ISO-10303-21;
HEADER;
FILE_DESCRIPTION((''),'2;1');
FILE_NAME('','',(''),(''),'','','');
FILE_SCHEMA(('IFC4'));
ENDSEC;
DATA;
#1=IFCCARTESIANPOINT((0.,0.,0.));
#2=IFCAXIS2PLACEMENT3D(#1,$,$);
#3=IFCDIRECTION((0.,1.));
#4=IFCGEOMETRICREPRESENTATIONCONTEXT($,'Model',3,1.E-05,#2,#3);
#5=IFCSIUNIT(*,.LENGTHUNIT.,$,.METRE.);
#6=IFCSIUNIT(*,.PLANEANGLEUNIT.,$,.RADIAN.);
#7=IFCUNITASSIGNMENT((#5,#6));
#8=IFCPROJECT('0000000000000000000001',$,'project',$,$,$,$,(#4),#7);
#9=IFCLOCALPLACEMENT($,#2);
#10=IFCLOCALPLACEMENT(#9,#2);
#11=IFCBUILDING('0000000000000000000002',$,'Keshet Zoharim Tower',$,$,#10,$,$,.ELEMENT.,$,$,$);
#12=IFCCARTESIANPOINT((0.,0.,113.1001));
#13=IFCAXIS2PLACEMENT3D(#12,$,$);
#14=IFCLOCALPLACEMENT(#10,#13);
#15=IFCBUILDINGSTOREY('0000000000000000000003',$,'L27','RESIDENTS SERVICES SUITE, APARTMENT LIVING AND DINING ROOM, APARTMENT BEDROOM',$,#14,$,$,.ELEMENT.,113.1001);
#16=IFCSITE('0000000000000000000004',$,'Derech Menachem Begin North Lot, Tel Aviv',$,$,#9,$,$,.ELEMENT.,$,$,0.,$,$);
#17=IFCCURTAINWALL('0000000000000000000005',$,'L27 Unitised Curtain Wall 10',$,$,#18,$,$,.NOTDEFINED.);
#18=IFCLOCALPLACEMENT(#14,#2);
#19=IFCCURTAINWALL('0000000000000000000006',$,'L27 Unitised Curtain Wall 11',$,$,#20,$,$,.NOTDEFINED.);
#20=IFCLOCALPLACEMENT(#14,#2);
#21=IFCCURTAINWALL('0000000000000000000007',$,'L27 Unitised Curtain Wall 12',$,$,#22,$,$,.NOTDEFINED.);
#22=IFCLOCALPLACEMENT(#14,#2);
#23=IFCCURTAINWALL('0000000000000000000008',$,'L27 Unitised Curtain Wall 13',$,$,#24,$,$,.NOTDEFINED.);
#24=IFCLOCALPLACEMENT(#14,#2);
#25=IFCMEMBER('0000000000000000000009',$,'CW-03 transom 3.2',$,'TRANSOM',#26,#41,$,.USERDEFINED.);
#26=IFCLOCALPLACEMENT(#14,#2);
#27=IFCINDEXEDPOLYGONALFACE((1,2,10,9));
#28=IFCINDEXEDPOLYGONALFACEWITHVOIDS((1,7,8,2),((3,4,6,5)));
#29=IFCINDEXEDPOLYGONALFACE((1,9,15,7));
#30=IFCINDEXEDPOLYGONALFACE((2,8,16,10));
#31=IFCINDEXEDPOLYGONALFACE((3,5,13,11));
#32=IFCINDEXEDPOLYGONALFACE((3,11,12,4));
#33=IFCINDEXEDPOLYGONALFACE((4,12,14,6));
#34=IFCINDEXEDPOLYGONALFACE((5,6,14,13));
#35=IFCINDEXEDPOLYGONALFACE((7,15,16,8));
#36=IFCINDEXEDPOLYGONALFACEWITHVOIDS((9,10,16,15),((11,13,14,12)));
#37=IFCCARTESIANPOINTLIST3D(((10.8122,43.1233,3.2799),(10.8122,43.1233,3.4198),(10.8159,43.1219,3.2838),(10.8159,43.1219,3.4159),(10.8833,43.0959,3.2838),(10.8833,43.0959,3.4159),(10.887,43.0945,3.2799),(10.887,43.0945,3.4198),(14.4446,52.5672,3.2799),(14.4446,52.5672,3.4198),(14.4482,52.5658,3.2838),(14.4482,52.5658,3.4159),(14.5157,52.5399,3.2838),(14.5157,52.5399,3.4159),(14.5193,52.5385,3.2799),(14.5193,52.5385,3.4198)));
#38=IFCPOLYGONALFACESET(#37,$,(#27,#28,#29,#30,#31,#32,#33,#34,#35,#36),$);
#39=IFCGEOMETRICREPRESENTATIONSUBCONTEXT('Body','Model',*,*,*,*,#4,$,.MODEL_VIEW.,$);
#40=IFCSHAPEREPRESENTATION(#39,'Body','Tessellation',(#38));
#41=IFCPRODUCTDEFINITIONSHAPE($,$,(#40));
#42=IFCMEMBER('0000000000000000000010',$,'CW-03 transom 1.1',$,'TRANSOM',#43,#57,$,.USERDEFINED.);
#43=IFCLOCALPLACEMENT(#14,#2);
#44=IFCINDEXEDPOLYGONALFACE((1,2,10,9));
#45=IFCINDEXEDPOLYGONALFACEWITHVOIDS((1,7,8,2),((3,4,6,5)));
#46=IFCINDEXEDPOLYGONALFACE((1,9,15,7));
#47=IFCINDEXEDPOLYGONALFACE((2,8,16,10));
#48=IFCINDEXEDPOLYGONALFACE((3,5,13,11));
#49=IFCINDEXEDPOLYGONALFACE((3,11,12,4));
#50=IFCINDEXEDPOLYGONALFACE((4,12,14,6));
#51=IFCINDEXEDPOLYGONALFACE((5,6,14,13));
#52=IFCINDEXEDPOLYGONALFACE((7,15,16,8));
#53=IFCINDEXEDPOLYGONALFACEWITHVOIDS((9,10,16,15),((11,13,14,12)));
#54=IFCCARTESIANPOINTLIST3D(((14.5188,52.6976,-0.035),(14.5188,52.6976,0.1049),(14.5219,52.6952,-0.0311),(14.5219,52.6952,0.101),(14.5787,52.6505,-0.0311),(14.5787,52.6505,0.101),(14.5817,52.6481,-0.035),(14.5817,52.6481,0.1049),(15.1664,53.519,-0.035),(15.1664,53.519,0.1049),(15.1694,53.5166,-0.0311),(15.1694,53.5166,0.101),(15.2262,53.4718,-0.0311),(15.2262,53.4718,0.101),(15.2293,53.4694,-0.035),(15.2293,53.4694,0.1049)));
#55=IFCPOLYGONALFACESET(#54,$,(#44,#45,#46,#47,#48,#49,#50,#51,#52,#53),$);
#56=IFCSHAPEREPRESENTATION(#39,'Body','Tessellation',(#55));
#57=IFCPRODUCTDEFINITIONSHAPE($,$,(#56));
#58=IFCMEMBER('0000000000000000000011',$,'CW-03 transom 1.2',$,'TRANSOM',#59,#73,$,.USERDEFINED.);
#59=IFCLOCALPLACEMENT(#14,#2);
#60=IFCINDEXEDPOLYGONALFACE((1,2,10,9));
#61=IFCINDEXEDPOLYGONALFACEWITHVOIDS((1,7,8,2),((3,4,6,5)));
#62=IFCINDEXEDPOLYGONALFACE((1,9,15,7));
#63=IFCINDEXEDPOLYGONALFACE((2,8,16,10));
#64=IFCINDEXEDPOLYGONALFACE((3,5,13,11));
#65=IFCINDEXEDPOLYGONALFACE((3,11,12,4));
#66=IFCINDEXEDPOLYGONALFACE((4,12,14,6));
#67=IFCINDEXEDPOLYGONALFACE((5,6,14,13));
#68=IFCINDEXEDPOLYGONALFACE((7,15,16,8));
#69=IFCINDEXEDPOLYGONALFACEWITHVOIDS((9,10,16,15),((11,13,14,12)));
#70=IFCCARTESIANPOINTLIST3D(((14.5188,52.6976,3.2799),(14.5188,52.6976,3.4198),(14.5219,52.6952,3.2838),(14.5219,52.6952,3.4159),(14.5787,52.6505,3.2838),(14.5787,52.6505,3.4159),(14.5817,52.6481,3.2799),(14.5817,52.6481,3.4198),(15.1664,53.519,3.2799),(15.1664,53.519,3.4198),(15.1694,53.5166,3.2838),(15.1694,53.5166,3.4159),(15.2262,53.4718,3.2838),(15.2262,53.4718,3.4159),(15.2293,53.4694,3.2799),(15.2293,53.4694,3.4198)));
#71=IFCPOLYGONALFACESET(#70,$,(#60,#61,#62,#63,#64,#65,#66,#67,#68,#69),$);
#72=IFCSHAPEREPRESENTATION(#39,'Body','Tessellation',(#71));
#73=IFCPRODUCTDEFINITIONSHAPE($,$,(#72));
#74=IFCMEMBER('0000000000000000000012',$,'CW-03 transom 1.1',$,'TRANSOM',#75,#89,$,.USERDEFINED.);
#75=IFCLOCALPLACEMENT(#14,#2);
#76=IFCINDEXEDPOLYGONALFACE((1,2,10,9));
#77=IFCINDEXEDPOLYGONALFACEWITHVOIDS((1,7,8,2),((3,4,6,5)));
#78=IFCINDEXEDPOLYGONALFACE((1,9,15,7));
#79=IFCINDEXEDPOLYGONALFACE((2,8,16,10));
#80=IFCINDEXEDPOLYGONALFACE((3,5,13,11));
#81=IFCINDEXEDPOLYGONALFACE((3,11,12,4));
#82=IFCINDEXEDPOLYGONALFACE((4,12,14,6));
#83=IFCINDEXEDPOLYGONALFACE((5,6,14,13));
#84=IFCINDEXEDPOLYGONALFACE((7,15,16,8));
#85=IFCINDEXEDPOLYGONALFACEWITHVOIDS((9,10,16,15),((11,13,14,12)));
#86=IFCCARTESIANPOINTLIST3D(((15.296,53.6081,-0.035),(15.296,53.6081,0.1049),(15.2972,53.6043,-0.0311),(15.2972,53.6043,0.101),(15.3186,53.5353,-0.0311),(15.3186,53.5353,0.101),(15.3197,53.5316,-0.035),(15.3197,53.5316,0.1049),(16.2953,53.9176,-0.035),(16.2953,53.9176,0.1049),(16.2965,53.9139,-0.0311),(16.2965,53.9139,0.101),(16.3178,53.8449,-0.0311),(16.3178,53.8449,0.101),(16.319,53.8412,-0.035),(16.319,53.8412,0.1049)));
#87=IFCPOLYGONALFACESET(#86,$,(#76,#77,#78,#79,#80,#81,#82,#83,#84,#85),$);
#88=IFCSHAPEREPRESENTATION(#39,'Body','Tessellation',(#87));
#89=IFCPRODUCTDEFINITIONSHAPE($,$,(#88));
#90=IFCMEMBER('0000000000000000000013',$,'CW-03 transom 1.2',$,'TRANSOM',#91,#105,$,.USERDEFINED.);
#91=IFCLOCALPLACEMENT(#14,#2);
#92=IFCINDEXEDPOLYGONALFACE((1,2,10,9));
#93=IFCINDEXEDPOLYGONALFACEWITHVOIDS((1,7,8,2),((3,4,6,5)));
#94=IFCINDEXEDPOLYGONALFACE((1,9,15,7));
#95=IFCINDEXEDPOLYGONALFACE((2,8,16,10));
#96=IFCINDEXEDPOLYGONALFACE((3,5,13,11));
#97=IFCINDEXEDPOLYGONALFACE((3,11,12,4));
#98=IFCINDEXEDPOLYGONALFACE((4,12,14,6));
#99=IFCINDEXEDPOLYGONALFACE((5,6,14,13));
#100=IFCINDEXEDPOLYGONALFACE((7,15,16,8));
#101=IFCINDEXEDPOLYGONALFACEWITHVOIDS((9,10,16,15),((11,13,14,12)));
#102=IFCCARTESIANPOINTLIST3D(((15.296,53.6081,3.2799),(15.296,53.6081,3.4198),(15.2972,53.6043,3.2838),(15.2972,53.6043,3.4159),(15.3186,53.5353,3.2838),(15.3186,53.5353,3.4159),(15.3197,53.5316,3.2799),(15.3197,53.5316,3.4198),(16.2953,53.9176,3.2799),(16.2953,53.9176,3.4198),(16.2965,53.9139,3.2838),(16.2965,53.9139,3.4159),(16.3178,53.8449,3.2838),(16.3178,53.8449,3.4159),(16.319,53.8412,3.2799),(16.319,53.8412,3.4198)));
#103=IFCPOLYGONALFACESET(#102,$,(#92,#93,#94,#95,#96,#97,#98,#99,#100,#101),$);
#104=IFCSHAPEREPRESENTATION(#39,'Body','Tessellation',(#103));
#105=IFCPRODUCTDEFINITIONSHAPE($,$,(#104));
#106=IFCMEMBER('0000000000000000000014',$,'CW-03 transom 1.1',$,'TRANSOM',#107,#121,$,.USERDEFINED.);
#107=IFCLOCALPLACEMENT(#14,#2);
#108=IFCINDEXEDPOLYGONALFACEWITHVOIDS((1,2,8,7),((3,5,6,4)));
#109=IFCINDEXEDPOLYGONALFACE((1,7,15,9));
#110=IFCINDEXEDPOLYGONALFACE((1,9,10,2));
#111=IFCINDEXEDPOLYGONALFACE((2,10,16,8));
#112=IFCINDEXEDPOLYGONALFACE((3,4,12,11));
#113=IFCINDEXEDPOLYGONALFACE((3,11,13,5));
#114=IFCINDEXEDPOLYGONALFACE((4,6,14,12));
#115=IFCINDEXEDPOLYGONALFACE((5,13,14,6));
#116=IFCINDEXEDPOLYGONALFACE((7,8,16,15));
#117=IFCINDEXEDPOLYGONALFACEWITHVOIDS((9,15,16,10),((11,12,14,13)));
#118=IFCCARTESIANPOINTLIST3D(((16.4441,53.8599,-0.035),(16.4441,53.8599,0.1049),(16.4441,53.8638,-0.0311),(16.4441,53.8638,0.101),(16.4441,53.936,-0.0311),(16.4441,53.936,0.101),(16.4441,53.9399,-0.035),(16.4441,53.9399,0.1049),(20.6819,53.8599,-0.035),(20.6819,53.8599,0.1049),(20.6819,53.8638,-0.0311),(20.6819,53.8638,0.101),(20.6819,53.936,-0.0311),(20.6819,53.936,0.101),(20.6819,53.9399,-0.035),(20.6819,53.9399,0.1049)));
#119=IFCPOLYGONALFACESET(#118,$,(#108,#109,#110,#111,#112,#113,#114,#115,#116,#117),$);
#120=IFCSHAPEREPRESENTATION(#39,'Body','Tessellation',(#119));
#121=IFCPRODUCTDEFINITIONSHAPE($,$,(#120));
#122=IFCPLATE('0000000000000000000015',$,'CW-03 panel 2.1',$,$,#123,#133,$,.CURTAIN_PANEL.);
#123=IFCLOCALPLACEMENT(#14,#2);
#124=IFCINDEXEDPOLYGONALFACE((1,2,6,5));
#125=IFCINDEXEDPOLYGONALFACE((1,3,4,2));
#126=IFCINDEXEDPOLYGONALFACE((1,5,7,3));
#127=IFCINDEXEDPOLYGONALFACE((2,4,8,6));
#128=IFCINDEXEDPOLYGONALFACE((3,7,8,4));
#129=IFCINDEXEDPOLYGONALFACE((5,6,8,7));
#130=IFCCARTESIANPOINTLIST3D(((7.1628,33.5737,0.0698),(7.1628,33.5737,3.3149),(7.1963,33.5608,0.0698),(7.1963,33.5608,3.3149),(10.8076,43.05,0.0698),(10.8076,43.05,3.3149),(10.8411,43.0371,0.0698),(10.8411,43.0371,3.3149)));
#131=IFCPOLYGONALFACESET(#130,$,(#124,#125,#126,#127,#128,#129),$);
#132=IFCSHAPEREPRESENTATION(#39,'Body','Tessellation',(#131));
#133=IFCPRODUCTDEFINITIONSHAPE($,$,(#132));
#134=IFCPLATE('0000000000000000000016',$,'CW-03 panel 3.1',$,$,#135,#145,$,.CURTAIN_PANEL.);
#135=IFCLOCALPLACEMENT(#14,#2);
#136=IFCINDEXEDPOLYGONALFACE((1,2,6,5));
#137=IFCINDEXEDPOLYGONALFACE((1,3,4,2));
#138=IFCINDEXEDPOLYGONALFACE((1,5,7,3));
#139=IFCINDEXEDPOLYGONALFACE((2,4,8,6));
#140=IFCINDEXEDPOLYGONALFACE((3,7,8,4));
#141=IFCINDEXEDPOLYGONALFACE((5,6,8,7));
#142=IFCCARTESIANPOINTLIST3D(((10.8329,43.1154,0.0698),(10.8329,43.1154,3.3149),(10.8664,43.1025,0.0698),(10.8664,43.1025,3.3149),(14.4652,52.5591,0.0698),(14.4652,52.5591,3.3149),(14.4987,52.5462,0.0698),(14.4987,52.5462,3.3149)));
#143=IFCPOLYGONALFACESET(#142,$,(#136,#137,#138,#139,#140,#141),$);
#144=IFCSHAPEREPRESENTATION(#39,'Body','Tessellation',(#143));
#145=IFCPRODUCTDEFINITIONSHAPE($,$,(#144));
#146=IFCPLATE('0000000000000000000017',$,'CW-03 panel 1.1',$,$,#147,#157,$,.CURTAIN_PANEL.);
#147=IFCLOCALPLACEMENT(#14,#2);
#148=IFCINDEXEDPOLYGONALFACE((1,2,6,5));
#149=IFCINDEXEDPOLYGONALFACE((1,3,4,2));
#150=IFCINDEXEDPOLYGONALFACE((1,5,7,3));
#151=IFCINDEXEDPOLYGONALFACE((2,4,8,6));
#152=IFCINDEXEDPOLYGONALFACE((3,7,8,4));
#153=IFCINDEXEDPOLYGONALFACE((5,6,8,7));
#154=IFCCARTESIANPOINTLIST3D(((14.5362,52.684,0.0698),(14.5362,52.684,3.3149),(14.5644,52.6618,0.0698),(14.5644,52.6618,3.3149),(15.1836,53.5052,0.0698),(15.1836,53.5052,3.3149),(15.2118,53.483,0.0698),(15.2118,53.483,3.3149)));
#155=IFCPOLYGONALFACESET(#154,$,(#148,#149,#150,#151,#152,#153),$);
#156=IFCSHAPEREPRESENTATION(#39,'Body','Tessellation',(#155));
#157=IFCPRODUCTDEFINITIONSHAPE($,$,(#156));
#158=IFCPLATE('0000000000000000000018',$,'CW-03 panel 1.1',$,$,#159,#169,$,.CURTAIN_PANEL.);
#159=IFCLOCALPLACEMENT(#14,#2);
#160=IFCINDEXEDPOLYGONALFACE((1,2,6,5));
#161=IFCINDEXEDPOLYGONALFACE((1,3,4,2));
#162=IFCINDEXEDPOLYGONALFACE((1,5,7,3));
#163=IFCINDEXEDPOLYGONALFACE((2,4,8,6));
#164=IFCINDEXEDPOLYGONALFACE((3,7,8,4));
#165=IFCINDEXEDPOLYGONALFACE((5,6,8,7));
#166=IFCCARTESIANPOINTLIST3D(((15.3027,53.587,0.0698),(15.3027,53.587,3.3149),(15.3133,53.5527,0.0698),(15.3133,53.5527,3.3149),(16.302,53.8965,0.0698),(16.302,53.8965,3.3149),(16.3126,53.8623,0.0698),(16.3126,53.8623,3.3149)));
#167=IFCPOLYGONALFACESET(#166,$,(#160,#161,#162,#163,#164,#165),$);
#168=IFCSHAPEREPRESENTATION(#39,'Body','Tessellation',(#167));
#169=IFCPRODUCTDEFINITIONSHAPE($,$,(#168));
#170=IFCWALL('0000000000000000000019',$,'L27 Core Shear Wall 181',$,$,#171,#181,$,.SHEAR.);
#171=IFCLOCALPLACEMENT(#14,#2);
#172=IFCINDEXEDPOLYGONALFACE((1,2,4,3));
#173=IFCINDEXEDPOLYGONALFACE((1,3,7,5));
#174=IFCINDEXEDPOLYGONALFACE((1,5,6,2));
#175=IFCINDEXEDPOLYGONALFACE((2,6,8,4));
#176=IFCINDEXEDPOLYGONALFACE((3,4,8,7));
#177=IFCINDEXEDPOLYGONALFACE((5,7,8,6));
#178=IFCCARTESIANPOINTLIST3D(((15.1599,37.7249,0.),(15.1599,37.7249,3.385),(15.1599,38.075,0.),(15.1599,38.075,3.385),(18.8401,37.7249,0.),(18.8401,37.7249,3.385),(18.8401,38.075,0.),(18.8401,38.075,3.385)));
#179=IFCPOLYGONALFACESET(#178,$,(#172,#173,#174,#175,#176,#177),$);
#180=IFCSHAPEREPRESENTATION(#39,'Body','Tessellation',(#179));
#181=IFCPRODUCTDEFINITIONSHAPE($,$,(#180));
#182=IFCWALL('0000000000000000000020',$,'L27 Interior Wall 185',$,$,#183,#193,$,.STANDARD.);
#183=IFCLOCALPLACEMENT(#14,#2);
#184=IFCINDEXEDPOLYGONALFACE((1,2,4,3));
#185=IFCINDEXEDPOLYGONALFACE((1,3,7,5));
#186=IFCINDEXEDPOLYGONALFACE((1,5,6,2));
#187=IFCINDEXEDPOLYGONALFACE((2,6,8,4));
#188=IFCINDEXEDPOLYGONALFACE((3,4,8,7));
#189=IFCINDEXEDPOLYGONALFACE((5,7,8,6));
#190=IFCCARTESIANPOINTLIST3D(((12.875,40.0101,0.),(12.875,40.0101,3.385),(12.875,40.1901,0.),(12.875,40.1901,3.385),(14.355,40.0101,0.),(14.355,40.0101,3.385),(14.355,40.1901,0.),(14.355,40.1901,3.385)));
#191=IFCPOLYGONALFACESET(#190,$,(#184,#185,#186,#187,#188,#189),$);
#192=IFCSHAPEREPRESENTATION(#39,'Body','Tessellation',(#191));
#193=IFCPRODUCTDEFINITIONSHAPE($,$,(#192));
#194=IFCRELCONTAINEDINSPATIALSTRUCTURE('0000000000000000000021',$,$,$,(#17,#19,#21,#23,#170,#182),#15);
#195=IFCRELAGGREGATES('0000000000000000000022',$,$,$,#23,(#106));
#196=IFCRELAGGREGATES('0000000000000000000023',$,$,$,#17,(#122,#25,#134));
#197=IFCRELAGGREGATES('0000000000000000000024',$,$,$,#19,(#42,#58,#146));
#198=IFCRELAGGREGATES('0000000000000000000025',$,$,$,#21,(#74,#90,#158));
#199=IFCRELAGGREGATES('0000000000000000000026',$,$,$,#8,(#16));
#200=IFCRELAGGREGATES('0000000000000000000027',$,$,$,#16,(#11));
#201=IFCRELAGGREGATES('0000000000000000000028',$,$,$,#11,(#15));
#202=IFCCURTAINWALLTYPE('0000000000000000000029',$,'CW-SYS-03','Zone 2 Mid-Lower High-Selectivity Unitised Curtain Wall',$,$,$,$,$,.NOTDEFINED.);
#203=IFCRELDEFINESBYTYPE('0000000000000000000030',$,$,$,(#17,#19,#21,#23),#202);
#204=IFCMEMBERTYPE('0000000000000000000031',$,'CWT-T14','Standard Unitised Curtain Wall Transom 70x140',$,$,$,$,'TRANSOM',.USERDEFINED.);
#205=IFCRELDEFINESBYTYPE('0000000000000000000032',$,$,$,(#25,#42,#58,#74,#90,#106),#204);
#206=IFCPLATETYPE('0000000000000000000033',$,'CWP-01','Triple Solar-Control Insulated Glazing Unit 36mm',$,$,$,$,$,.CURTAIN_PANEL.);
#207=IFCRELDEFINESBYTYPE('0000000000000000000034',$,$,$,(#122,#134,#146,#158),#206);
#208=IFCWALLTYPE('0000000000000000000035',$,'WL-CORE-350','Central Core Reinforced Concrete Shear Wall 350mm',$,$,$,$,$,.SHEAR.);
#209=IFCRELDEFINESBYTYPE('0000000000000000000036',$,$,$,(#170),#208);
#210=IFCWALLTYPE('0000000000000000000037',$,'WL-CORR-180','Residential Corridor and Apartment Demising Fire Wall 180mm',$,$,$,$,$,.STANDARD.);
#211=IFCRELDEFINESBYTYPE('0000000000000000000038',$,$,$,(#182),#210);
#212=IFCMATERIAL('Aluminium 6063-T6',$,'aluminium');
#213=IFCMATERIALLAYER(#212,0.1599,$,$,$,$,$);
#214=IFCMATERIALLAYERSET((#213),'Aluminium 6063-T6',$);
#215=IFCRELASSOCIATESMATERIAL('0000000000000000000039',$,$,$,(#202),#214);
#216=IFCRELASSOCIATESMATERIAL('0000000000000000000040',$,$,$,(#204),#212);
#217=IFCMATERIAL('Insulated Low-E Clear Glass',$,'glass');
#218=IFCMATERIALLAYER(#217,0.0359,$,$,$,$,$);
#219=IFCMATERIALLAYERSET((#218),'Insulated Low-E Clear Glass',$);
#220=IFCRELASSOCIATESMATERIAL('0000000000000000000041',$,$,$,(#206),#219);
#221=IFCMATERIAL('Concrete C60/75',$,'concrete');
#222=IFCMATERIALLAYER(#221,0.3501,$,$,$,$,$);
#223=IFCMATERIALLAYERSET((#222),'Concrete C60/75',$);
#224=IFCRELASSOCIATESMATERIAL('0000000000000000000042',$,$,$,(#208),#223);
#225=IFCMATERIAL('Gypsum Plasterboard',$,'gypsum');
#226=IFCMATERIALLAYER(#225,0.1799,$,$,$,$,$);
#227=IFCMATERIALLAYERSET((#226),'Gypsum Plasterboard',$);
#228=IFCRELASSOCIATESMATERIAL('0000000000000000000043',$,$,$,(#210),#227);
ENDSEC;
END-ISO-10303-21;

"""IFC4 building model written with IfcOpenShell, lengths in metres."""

from ifc_helpers import new_model, si_unit, direction, frame, frame_2d, origin, origin_2d, place, context, subcontext, project, spatial, rectangle, hollow_rectangle, extrude, material, layer, layer_set, material_profile, profile_set, type_object, element, aggregate, save


model = new_model("IFC4")

# Units and contexts
model_context = context("Model", 3, precision=1e-05, world=origin(), true_north=direction((0.0, 1.0)))
body_context = subcontext(model_context, "Body", "Model", "MODEL_VIEW")
ifc_project = project(units=[si_unit("LENGTHUNIT", "METRE"), si_unit("PLANEANGLEUNIT", "RADIAN")], contexts=[model_context])

# Site, building, storey
site_placement = place(None, origin())
site = spatial("IfcSite", under=ifc_project, at=site_placement, Name="Derech Menachem Begin North Lot, Tel Aviv", CompositionType="ELEMENT", RefElevation=0.0)
building_placement = place(site_placement, origin())
building = spatial("IfcBuilding", under=site, at=building_placement, Name="Keshet Zoharim Tower", CompositionType="ELEMENT")
storey_placement = place(building_placement, frame((0.0, 0.0, 113.1001)))
storey = spatial("IfcBuildingStorey", under=building, at=storey_placement, Name="L27", Description="RESIDENTS SERVICES SUITE, APARTMENT LIVING AND DINING ROOM, APARTMENT BEDROOM", CompositionType="ELEMENT", Elevation=113.1001)

# Curtain walls
ifc_material_1 = material(Name="Aluminium 6063-T6", Category="aluminium")
ifc_layer_1 = layer(ifc_material_1, 0.1599)
ifc_layer_set_1 = layer_set([ifc_layer_1], Name="Aluminium 6063-T6")
curtain_wall_type = type_object("IfcCurtainWallType", Name="CW-SYS-03", Description="Zone 2 Mid-Lower High-Selectivity Unitised Curtain Wall", PredefinedType="NOTDEFINED", material=ifc_layer_set_1)
curtain_wall_1_placement = place(storey_placement, origin())
curtain_wall_1 = element("IfcCurtainWall", 1, at=curtain_wall_1_placement, inside=storey, type_object=curtain_wall_type, Name="L27 Unitised Curtain Wall 10", PredefinedType="NOTDEFINED")
curtain_wall_2_placement = place(storey_placement, origin())
curtain_wall_2 = element("IfcCurtainWall", 2, at=curtain_wall_2_placement, inside=storey, type_object=curtain_wall_type, Name="L27 Unitised Curtain Wall 11", PredefinedType="NOTDEFINED")
curtain_wall_3_placement = place(storey_placement, origin())
curtain_wall_3 = element("IfcCurtainWall", 3, at=curtain_wall_3_placement, inside=storey, type_object=curtain_wall_type, Name="L27 Unitised Curtain Wall 12", PredefinedType="NOTDEFINED")

# Curtain wall
curtain_wall_4_placement = place(storey_placement, origin())
curtain_wall_4 = element("IfcCurtainWall", 4, at=curtain_wall_4_placement, inside=storey, type_object=curtain_wall_type, Name="L27 Unitised Curtain Wall 13", PredefinedType="NOTDEFINED")

# Members
ifc_material_profile_1 = material_profile(ifc_material_1, hollow_rectangle(XDim=0.0801, YDim=0.1399, WallThickness=0.0039, at=origin_2d()), Name="TRN-80x140")
ifc_profile_set_1 = profile_set([ifc_material_profile_1], Name="Aluminium 6063-T6")
member_type_1 = type_object("IfcMemberType", Name="CWT-T14", Description="Standard Unitised Curtain Wall Transom 70x140", ElementType="TRANSOM", PredefinedType="USERDEFINED", material=ifc_profile_set_1)
member_1_placement = place(storey_placement, frame((10.8496, 43.1089, 3.3499), z_axis=(0.358986, 0.933343, 0.0), x_axis=(-0.933343, 0.358986, 0.0)))
member_1 = element("IfcMember", 5, at=member_1_placement, type_object=member_type_1, Name="CW-03 transom 3.2", ObjectType="TRANSOM", PredefinedType="USERDEFINED", context=body_context, shape_type="SweptSolid", body=[
    extrude(hollow_rectangle(XDim=0.0801, YDim=0.1399, WallThickness=0.0039, at=origin_2d()), origin(), (0.0, 0.0, 1.0), 10.1184),
])
member_2_placement = place(storey_placement, frame((14.5503, 52.6729, 0.0349), z_axis=(0.619099, 0.785313, 0.0), x_axis=(-0.785313, 0.619099, 0.0)))
member_2 = element("IfcMember", 6, at=member_2_placement, type_object=member_type_1, Name="CW-03 transom 1.1", ObjectType="TRANSOM", PredefinedType="USERDEFINED", context=body_context, shape_type="SweptSolid", body=[
    extrude(hollow_rectangle(XDim=0.0801, YDim=0.1399, WallThickness=0.0039, at=origin_2d()), origin(), (0.0, 0.0, 1.0), 1.0459),
])
member_3_placement = place(storey_placement, frame((14.5503, 52.6729, 3.3499), z_axis=(0.619099, 0.785313, 0.0), x_axis=(-0.785313, 0.619099, 0.0)))
member_3 = element("IfcMember", 7, at=member_3_placement, type_object=member_type_1, Name="CW-03 transom 1.2", ObjectType="TRANSOM", PredefinedType="USERDEFINED", context=body_context, shape_type="SweptSolid", body=[
    extrude(hollow_rectangle(XDim=0.0801, YDim=0.1399, WallThickness=0.0039, at=origin_2d()), origin(), (0.0, 0.0, 1.0), 1.0459),
])
member_4_placement = place(storey_placement, frame((15.3079, 53.5698, 0.0349), z_axis=(0.955212, 0.295922, 0.0), x_axis=(-0.295922, 0.955212, 0.0)))
member_4 = element("IfcMember", 8, at=member_4_placement, type_object=member_type_1, Name="CW-03 transom 1.1", ObjectType="TRANSOM", PredefinedType="USERDEFINED", context=body_context, shape_type="SweptSolid", body=[
    extrude(hollow_rectangle(XDim=0.0801, YDim=0.1399, WallThickness=0.0039, at=origin_2d()), origin(), (0.0, 0.0, 1.0), 1.0461),
])
member_5_placement = place(storey_placement, frame((15.3079, 53.5698, 3.3499), z_axis=(0.955212, 0.295922, 0.0), x_axis=(-0.295922, 0.955212, 0.0)))
member_5 = element("IfcMember", 9, at=member_5_placement, type_object=member_type_1, Name="CW-03 transom 1.2", ObjectType="TRANSOM", PredefinedType="USERDEFINED", context=body_context, shape_type="SweptSolid", body=[
    extrude(hollow_rectangle(XDim=0.0801, YDim=0.1399, WallThickness=0.0039, at=origin_2d()), origin(), (0.0, 0.0, 1.0), 1.0461),
])
member_6_placement = place(storey_placement, frame((16.4441, 53.8999, 0.0349), z_axis=(1.0, 0.0, 0.0), x_axis=(0.0, 1.0, 0.0)))
member_6 = element("IfcMember", 10, at=member_6_placement, type_object=member_type_1, Name="CW-03 transom 1.1", ObjectType="TRANSOM", PredefinedType="USERDEFINED", context=body_context, shape_type="SweptSolid", body=[
    extrude(hollow_rectangle(XDim=0.0801, YDim=0.1399, WallThickness=0.0039, at=origin_2d()), origin(), (0.0, 0.0, 1.0), 4.2378),
])
aggregate(curtain_wall_4, [member_6])

# Plates
ifc_material_2 = material(Name="Insulated Low-E Clear Glass", Category="glass")
ifc_layer_2 = layer(ifc_material_2, 0.0359)
ifc_layer_set_2 = layer_set([ifc_layer_2], Name="Insulated Low-E Clear Glass")
plate_type = type_object("IfcPlateType", Name="CWP-01", Description="Triple Solar-Control Insulated Glazing Unit 36mm", PredefinedType="CURTAIN_PANEL", material=ifc_layer_set_2)
plate_1_placement = place(storey_placement, frame((9.002, 38.3054, 0.0698), z_axis=(0.0, 0.0, 1.0), x_axis=(0.35899, 0.933341, 0.0)))
plate_1 = element("IfcPlate", 11, at=plate_1_placement, type_object=plate_type, Name="CW-03 panel 2.1", PredefinedType="CURTAIN_PANEL", context=body_context, shape_type="SweptSolid", body=[
    extrude(rectangle(XDim=10.1531, YDim=0.0359, at=origin_2d()), origin(), (0.0, 0.0, 1.0), 3.2451),
])
plate_2_placement = place(storey_placement, frame((12.6658, 47.8308, 0.0698), z_axis=(0.0, 0.0, 1.0), x_axis=(0.35899, 0.933341, 0.0)))
plate_2 = element("IfcPlate", 12, at=plate_2_placement, type_object=plate_type, Name="CW-03 panel 3.1", PredefinedType="CURTAIN_PANEL", context=body_context, shape_type="SweptSolid", body=[
    extrude(rectangle(XDim=10.1182, YDim=0.0359, at=origin_2d()), origin(), (0.0, 0.0, 1.0), 3.2451),
])
aggregate(curtain_wall_1, [plate_1, member_1, plate_2])
plate_3_placement = place(storey_placement, frame((14.874, 53.0835, 0.0698), z_axis=(0.0, 0.0, 1.0), x_axis=(0.619125, 0.785293, 0.0)))
plate_3 = element("IfcPlate", 13, at=plate_3_placement, type_object=plate_type, Name="CW-03 panel 1.1", PredefinedType="CURTAIN_PANEL", context=body_context, shape_type="SweptSolid", body=[
    extrude(rectangle(XDim=1.0457, YDim=0.0359, at=origin_2d()), origin(), (0.0, 0.0, 1.0), 3.2451),
])
aggregate(curtain_wall_2, [member_2, member_3, plate_3])
plate_4_placement = place(storey_placement, frame((15.8076, 53.7246, 0.0698), z_axis=(0.0, 0.0, 1.0), x_axis=(0.955212, 0.295922, 0.0)))
plate_4 = element("IfcPlate", 14, at=plate_4_placement, type_object=plate_type, Name="CW-03 panel 1.1", PredefinedType="CURTAIN_PANEL", context=body_context, shape_type="SweptSolid", body=[
    extrude(rectangle(XDim=1.0461, YDim=0.0359, at=origin_2d()), origin(), (0.0, 0.0, 1.0), 3.2451),
])
aggregate(curtain_wall_3, [member_4, member_5, plate_4])

# Walls
ifc_material_3 = material(Name="Concrete C60/75", Category="concrete")
ifc_layer_3 = layer(ifc_material_3, 0.3501)
ifc_layer_set_3 = layer_set([ifc_layer_3], Name="Concrete C60/75")
wall_type_1 = type_object("IfcWallType", Name="WL-CORE-350", Description="Central Core Reinforced Concrete Shear Wall 350mm", PredefinedType="SHEAR", material=ifc_layer_set_3)
wall_1_placement = place(storey_placement, frame((15.1599, 37.8999, 0.0), z_axis=(0.0, 0.0, 1.0), x_axis=(1.0, 0.0, 0.0)))
element("IfcWall", 15, at=wall_1_placement, inside=storey, type_object=wall_type_1, Name="L27 Core Shear Wall 181", PredefinedType="SHEAR", context=body_context, shape_type="SweptSolid", body=[
    extrude(rectangle(XDim=3.6802, YDim=0.3501, at=frame_2d((1.8401, 0.0))), origin(), (0.0, 0.0, 1.0), 3.385),
])
ifc_material_4 = material(Name="Gypsum Plasterboard", Category="gypsum")
ifc_layer_4 = layer(ifc_material_4, 0.1799)
ifc_layer_set_4 = layer_set([ifc_layer_4], Name="Gypsum Plasterboard")
wall_type_2 = type_object("IfcWallType", Name="WL-CORR-180", Description="Residential Corridor and Apartment Demising Fire Wall 180mm", PredefinedType="STANDARD", material=ifc_layer_set_4)
wall_2_placement = place(storey_placement, frame((12.875, 40.1001, 0.0), z_axis=(0.0, 0.0, 1.0), x_axis=(1.0, 0.0, 0.0)))
element("IfcWall", 16, at=wall_2_placement, inside=storey, type_object=wall_type_2, Name="L27 Interior Wall 185", PredefinedType="STANDARD", context=body_context, shape_type="SweptSolid", body=[
    extrude(rectangle(XDim=1.48, YDim=0.1799, at=frame_2d((0.74, 0.0))), origin(), (0.0, 0.0, 1.0), 3.385),
])

save(model, "model.ifc")
